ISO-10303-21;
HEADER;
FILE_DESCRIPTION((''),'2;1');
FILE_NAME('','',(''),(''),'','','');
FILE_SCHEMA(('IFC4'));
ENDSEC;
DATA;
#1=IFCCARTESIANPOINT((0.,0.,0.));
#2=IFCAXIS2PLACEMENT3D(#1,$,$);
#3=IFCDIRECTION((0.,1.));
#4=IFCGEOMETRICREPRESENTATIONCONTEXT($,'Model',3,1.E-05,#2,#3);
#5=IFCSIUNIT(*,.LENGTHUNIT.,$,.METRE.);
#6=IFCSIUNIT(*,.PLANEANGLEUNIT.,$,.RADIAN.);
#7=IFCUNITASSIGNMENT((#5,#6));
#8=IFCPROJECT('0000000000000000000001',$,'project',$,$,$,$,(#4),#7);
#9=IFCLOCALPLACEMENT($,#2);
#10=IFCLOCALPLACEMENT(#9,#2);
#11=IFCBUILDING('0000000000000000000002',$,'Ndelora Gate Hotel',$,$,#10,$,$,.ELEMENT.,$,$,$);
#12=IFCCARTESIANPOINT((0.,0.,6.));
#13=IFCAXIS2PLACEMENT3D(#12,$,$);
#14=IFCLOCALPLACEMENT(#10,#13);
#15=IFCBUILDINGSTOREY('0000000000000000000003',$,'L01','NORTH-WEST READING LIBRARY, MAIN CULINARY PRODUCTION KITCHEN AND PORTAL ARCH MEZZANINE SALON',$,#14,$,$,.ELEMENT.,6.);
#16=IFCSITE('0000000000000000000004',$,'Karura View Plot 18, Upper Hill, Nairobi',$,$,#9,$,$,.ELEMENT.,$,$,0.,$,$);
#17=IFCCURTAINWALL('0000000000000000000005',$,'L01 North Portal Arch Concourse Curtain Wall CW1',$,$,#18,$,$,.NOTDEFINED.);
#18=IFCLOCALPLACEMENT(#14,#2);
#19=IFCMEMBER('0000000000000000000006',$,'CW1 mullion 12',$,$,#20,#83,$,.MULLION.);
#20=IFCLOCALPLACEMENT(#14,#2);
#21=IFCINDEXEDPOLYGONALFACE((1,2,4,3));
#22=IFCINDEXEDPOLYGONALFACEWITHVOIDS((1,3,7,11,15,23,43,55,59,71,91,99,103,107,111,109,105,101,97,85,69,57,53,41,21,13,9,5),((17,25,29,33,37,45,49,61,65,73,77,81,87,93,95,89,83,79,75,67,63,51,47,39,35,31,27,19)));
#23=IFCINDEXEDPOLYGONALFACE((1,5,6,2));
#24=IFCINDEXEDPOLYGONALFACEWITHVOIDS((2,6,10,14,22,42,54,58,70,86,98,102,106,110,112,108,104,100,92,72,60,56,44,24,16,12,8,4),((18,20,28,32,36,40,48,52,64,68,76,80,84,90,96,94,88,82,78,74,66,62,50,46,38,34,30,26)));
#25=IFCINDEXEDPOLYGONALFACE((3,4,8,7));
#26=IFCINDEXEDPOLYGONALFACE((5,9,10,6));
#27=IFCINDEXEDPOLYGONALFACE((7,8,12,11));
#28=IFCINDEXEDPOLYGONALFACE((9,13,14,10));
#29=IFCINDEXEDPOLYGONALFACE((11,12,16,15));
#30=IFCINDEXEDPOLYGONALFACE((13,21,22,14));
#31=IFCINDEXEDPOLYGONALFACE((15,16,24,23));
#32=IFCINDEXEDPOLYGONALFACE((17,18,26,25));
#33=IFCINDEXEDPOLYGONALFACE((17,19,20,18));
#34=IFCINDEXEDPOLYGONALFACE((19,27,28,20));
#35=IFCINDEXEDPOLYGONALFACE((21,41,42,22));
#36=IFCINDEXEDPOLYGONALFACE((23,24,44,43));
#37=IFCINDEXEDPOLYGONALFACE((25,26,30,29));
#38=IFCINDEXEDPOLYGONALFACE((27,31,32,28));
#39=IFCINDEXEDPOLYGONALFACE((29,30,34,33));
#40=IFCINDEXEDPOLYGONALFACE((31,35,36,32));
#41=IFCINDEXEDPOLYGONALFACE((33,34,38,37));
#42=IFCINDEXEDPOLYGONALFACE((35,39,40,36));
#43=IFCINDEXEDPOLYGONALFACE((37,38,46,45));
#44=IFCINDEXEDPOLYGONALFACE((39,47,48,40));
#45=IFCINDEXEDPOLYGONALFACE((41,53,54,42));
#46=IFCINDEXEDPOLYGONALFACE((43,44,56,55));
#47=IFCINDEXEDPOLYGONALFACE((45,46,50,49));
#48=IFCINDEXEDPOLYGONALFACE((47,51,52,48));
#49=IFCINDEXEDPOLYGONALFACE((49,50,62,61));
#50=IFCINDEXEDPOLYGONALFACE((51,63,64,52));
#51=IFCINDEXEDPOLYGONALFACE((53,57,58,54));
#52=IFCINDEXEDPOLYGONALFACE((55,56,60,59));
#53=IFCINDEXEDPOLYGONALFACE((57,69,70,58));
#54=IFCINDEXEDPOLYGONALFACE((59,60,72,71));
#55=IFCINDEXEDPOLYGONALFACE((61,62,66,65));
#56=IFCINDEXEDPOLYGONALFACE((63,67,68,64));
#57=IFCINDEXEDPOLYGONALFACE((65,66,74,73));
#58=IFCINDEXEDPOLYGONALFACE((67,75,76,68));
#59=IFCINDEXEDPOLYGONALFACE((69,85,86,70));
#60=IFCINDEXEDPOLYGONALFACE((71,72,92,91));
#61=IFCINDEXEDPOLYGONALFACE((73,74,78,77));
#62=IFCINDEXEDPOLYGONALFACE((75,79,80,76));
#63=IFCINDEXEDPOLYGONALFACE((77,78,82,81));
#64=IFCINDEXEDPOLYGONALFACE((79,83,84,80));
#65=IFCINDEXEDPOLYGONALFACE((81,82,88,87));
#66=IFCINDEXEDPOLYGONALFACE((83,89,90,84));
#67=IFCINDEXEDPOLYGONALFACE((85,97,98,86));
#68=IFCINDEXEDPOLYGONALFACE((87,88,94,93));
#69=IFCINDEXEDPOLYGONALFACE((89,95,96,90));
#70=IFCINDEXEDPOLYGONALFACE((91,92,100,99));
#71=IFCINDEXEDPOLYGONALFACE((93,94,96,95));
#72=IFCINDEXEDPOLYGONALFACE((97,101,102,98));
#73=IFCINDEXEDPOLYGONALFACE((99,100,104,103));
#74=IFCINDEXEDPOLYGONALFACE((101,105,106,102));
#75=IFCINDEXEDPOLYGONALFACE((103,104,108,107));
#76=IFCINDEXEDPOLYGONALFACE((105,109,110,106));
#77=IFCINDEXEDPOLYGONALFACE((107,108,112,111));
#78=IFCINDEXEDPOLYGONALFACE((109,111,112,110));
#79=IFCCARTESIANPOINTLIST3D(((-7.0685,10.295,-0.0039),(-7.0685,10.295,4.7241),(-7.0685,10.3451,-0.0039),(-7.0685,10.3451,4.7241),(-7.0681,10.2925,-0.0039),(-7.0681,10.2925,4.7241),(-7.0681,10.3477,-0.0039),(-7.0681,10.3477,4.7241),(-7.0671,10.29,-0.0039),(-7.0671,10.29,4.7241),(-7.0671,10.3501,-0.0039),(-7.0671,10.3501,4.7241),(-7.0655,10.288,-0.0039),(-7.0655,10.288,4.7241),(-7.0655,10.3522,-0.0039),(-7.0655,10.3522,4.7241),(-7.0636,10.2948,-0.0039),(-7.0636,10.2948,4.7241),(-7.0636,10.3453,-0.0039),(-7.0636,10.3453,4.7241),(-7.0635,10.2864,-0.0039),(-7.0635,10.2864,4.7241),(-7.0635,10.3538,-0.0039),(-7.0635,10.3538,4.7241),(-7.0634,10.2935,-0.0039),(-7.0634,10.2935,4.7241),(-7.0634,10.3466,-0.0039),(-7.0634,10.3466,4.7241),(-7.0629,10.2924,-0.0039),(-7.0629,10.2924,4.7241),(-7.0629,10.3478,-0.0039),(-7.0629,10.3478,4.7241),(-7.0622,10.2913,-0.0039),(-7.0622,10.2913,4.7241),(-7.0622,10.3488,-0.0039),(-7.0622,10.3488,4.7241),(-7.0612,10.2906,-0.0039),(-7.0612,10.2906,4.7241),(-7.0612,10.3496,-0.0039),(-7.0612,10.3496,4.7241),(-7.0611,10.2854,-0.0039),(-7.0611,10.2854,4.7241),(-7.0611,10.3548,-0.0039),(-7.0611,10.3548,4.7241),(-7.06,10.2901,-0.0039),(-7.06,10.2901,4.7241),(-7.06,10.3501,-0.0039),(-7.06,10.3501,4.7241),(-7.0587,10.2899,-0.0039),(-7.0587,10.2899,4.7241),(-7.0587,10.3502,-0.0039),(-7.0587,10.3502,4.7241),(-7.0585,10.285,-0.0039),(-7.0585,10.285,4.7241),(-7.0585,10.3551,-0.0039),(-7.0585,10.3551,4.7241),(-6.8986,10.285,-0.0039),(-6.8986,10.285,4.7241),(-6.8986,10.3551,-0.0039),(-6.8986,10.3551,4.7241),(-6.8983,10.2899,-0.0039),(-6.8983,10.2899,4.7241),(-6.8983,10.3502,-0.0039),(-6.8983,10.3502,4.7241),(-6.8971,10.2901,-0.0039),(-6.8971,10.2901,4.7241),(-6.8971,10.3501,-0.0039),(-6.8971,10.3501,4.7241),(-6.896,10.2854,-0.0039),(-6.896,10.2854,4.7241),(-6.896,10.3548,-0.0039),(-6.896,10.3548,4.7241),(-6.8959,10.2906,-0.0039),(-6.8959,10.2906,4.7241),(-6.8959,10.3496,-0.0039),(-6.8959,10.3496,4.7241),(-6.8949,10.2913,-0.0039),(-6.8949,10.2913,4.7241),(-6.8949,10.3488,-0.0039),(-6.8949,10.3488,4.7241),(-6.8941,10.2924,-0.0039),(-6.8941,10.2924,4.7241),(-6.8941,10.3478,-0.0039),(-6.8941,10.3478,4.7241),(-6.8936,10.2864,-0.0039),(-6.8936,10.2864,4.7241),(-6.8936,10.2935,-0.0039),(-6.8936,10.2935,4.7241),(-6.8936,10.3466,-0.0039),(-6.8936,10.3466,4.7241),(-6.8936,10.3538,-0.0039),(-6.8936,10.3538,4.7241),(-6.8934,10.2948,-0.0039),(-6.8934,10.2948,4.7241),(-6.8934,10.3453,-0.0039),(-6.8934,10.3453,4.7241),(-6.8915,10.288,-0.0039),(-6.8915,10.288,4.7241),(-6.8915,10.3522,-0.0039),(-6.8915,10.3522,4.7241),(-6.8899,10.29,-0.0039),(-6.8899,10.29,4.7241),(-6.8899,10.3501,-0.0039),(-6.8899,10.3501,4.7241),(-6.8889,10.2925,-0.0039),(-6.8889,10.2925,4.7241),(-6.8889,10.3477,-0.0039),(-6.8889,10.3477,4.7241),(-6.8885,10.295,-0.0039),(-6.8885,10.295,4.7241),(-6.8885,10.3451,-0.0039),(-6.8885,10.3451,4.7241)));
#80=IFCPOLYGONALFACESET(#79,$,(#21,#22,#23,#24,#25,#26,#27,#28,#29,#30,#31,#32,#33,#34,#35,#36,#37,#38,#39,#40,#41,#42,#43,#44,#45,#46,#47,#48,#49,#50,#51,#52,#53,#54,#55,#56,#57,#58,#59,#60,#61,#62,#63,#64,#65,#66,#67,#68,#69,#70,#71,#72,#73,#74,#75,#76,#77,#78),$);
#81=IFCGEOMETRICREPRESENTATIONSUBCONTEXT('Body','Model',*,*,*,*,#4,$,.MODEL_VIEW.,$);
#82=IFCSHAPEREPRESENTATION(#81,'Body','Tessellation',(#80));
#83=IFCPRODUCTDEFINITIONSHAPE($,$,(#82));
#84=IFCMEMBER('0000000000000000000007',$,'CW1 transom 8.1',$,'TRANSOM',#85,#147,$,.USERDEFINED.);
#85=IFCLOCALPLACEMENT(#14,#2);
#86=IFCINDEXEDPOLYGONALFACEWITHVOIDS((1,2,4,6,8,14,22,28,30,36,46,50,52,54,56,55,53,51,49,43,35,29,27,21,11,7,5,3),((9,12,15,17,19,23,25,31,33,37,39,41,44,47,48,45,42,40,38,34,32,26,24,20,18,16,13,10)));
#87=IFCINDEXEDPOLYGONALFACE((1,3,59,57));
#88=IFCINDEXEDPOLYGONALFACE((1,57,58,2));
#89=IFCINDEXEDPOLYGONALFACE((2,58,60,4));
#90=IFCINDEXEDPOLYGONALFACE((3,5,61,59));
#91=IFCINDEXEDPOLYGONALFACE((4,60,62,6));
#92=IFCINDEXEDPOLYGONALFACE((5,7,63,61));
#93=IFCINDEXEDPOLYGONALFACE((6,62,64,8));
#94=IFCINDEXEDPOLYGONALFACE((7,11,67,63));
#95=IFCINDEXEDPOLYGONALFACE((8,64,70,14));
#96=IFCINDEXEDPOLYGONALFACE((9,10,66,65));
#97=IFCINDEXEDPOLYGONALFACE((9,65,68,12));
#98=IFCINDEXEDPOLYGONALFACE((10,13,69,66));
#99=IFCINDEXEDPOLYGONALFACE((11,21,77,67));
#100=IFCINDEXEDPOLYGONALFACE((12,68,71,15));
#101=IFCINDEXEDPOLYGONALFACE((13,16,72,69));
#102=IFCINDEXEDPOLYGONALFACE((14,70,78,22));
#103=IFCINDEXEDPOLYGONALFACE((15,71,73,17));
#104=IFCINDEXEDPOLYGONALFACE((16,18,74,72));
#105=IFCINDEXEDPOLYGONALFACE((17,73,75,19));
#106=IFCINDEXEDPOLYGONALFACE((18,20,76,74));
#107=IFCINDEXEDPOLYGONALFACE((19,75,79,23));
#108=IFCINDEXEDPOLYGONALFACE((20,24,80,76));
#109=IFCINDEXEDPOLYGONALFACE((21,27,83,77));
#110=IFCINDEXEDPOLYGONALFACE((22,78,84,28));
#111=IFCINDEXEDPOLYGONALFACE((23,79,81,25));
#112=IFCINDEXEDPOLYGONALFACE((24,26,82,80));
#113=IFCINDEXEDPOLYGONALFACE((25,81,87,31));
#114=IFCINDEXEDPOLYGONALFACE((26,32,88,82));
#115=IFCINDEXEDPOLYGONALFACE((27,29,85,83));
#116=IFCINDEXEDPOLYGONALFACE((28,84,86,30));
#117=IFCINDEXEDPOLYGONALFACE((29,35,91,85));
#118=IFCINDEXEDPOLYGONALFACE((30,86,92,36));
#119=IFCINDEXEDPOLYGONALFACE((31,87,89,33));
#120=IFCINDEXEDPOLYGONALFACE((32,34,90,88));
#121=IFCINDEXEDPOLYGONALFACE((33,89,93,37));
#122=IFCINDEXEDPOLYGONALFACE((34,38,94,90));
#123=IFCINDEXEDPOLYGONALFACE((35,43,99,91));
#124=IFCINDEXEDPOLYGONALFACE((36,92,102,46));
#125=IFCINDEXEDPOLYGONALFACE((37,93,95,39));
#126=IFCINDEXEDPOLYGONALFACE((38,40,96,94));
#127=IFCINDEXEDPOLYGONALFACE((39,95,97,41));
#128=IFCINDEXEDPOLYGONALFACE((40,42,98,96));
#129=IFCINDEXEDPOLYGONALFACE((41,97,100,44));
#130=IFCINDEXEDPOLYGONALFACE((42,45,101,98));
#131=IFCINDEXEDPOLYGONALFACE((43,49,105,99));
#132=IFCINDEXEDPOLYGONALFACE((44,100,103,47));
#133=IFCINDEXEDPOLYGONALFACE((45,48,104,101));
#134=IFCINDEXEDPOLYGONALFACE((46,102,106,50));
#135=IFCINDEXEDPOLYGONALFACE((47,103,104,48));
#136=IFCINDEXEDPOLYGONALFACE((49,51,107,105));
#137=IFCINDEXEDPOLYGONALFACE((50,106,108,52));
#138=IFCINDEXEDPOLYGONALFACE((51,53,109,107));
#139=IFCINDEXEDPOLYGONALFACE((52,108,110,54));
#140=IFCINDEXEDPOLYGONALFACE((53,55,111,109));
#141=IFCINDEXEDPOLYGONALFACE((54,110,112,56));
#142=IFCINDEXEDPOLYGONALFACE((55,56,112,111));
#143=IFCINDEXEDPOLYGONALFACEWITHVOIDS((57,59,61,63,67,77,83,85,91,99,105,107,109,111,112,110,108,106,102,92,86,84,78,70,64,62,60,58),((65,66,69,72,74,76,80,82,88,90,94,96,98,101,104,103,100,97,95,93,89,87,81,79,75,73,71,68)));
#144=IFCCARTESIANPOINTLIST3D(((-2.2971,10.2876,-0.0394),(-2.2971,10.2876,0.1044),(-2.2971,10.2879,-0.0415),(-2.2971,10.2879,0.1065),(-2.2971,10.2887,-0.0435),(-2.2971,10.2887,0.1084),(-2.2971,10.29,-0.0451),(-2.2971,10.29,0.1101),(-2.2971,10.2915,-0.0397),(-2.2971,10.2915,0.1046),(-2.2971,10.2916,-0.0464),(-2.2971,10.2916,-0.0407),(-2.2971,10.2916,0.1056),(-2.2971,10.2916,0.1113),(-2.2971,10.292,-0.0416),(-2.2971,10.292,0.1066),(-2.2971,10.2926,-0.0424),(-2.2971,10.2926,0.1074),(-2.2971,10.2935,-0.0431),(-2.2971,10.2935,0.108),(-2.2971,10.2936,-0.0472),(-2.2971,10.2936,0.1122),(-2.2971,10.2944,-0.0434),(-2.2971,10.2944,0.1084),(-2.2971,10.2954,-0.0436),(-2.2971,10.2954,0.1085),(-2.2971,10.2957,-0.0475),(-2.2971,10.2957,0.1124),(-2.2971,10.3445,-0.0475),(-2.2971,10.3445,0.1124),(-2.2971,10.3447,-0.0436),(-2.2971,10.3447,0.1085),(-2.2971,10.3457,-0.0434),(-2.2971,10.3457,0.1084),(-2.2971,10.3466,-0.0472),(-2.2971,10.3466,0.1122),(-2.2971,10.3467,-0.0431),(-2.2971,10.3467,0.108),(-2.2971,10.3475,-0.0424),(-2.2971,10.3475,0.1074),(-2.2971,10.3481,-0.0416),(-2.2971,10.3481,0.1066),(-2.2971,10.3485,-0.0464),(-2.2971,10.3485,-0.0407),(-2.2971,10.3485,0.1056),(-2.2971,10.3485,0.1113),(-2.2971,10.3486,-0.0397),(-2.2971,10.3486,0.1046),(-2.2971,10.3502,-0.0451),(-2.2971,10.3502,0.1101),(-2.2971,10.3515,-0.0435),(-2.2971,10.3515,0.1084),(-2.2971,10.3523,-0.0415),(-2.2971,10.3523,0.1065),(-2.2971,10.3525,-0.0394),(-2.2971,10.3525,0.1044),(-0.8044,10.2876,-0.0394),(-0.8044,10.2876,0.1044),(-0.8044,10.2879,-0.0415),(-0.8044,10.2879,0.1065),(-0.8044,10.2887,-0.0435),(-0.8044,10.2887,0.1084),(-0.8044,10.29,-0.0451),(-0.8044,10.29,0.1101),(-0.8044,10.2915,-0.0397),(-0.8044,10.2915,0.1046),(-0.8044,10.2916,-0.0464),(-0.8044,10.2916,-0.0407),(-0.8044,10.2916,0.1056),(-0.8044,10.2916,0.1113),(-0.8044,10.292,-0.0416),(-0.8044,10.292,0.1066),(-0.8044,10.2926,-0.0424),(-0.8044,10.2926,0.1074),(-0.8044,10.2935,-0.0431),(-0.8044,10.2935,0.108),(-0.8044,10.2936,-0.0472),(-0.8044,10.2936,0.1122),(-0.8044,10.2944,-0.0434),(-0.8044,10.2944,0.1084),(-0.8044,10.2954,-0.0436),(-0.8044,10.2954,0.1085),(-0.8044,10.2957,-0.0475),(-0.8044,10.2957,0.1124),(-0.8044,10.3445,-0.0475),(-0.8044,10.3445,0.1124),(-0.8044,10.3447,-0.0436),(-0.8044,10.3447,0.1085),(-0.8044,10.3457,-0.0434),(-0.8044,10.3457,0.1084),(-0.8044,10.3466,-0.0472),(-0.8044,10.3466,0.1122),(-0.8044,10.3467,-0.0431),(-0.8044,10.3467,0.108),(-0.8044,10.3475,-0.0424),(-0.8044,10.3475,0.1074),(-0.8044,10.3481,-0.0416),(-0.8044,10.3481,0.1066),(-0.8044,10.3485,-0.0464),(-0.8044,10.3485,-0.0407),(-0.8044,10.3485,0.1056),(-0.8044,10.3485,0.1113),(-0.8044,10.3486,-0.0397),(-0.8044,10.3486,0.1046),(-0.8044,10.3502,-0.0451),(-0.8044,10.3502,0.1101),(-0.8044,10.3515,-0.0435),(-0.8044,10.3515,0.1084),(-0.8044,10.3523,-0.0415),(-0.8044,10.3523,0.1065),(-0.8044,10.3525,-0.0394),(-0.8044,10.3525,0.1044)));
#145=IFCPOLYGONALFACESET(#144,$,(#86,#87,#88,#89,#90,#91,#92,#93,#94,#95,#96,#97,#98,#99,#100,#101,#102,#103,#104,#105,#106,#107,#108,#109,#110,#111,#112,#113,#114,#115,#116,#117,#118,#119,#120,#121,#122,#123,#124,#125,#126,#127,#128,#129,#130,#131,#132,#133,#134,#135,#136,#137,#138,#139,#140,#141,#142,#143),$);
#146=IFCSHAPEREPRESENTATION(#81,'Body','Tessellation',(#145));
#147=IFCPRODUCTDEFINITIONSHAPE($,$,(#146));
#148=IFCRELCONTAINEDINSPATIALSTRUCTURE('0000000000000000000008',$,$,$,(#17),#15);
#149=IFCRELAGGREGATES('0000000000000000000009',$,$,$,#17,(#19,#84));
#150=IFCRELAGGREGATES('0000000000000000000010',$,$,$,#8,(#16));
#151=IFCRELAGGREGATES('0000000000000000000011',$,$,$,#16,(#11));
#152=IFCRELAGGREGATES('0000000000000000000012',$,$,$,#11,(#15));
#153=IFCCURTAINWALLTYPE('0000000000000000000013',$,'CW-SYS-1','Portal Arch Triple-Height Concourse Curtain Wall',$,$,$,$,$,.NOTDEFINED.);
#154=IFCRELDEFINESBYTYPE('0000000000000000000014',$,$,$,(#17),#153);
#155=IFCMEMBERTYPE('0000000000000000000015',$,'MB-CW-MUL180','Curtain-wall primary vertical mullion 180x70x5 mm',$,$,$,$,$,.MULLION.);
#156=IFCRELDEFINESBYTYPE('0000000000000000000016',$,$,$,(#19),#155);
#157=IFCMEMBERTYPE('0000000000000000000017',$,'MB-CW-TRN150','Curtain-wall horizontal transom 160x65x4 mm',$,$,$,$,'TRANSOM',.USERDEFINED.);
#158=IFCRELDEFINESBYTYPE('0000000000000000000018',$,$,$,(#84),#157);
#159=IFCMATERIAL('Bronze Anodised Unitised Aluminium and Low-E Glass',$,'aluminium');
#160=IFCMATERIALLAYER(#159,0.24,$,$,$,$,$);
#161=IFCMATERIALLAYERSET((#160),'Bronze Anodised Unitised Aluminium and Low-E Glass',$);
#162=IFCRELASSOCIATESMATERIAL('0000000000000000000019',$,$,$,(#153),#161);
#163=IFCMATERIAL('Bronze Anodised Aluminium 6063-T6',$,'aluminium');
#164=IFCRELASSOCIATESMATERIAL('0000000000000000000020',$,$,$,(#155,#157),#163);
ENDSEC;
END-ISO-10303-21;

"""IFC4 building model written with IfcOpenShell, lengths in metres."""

from ifc_helpers import new_model, si_unit, direction, frame, origin, origin_2d, place, context, subcontext, project, spatial, hollow_rectangle, extrude, material, layer, layer_set, material_profile, profile_set, type_object, element, aggregate, save


model = new_model("IFC4")

# Units and contexts
model_context = context("Model", 3, precision=1e-05, world=origin(), true_north=direction((0.0, 1.0)))
body_context = subcontext(model_context, "Body", "Model", "MODEL_VIEW")
ifc_project = project(units=[si_unit("LENGTHUNIT", "METRE"), si_unit("PLANEANGLEUNIT", "RADIAN")], contexts=[model_context])

# Site, building, storey
site_placement = place(None, origin())
site = spatial("IfcSite", under=ifc_project, at=site_placement, Name="Karura View Plot 18, Upper Hill, Nairobi", CompositionType="ELEMENT", RefElevation=0.0)
building_placement = place(site_placement, origin())
building = spatial("IfcBuilding", under=site, at=building_placement, Name="Ndelora Gate Hotel", CompositionType="ELEMENT")
storey_placement = place(building_placement, frame((0.0, 0.0, 6.0)))
storey = spatial("IfcBuildingStorey", under=building, at=storey_placement, Name="L01", Description="NORTH-WEST READING LIBRARY, MAIN CULINARY PRODUCTION KITCHEN AND PORTAL ARCH MEZZANINE SALON", CompositionType="ELEMENT", Elevation=6.0)

# Curtain wall, members
ifc_material_1 = material(Name="Bronze Anodised Unitised Aluminium and Low-E Glass", Category="aluminium")
ifc_layer_1 = layer(ifc_material_1, 0.24)
ifc_layer_set_1 = layer_set([ifc_layer_1], Name="Bronze Anodised Unitised Aluminium and Low-E Glass")
curtain_wall_type = type_object("IfcCurtainWallType", Name="CW-SYS-1", Description="Portal Arch Triple-Height Concourse Curtain Wall", PredefinedType="NOTDEFINED", material=ifc_layer_set_1)
curtain_wall_placement = place(storey_placement, origin())
curtain_wall = element("IfcCurtainWall", 1, at=curtain_wall_placement, inside=storey, type_object=curtain_wall_type, Name="L01 North Portal Arch Concourse Curtain Wall CW1", PredefinedType="NOTDEFINED")
ifc_material_2 = material(Name="Bronze Anodised Aluminium 6063-T6", Category="aluminium")
ifc_material_profile_1 = material_profile(ifc_material_2, hollow_rectangle(XDim=0.0701, YDim=0.1799, WallThickness=0.0049, InnerFilletRadius=0.0049, OuterFilletRadius=0.01, at=origin_2d()), Name="ALU 180x70x5")
ifc_profile_set_1 = profile_set([ifc_material_profile_1], Name="Bronze Anodised Aluminium 6063-T6")
member_type_1 = type_object("IfcMemberType", Name="MB-CW-MUL180", Description="Curtain-wall primary vertical mullion 180x70x5 mm", PredefinedType="MULLION", material=ifc_profile_set_1)
member_1_placement = place(storey_placement, frame((-6.9785, 10.3201, -0.0039), z_axis=(0.0, 0.0, 1.0), x_axis=(0.0, -1.0, 0.0)))
member_1 = element("IfcMember", 2, at=member_1_placement, type_object=member_type_1, Name="CW1 mullion 12", PredefinedType="MULLION", context=body_context, shape_type="SweptSolid", body=[
    extrude(hollow_rectangle(XDim=0.0701, YDim=0.1799, WallThickness=0.0049, InnerFilletRadius=0.0049, OuterFilletRadius=0.01, at=origin_2d()), origin(), (0.0, 0.0, 1.0), 4.728),
])
ifc_material_profile_2 = material_profile(ifc_material_2, hollow_rectangle(XDim=0.0649, YDim=0.1599, WallThickness=0.0039, InnerFilletRadius=0.0039, OuterFilletRadius=0.0081, at=origin_2d()), Name="ALU 160x65x4")
ifc_profile_set_2 = profile_set([ifc_material_profile_2], Name="Bronze Anodised Aluminium 6063-T6")
member_type_2 = type_object("IfcMemberType", Name="MB-CW-TRN150", Description="Curtain-wall horizontal transom 160x65x4 mm", ElementType="TRANSOM", PredefinedType="USERDEFINED", material=ifc_profile_set_2)
member_2_placement = place(storey_placement, frame((-0.8044, 10.3201, 0.0325), z_axis=(-1.0, 0.0, 0.0), x_axis=(0.0, -1.0, 0.0)))
member_2 = element("IfcMember", 3, at=member_2_placement, type_object=member_type_2, Name="CW1 transom 8.1", ObjectType="TRANSOM", PredefinedType="USERDEFINED", context=body_context, shape_type="SweptSolid", body=[
    extrude(hollow_rectangle(XDim=0.0649, YDim=0.1599, WallThickness=0.0039, InnerFilletRadius=0.0039, OuterFilletRadius=0.0081, at=origin_2d()), origin(), (0.0, 0.0, 1.0), 1.4927),
])
aggregate(curtain_wall, [member_1, member_2])

save(model, "model.ifc")
